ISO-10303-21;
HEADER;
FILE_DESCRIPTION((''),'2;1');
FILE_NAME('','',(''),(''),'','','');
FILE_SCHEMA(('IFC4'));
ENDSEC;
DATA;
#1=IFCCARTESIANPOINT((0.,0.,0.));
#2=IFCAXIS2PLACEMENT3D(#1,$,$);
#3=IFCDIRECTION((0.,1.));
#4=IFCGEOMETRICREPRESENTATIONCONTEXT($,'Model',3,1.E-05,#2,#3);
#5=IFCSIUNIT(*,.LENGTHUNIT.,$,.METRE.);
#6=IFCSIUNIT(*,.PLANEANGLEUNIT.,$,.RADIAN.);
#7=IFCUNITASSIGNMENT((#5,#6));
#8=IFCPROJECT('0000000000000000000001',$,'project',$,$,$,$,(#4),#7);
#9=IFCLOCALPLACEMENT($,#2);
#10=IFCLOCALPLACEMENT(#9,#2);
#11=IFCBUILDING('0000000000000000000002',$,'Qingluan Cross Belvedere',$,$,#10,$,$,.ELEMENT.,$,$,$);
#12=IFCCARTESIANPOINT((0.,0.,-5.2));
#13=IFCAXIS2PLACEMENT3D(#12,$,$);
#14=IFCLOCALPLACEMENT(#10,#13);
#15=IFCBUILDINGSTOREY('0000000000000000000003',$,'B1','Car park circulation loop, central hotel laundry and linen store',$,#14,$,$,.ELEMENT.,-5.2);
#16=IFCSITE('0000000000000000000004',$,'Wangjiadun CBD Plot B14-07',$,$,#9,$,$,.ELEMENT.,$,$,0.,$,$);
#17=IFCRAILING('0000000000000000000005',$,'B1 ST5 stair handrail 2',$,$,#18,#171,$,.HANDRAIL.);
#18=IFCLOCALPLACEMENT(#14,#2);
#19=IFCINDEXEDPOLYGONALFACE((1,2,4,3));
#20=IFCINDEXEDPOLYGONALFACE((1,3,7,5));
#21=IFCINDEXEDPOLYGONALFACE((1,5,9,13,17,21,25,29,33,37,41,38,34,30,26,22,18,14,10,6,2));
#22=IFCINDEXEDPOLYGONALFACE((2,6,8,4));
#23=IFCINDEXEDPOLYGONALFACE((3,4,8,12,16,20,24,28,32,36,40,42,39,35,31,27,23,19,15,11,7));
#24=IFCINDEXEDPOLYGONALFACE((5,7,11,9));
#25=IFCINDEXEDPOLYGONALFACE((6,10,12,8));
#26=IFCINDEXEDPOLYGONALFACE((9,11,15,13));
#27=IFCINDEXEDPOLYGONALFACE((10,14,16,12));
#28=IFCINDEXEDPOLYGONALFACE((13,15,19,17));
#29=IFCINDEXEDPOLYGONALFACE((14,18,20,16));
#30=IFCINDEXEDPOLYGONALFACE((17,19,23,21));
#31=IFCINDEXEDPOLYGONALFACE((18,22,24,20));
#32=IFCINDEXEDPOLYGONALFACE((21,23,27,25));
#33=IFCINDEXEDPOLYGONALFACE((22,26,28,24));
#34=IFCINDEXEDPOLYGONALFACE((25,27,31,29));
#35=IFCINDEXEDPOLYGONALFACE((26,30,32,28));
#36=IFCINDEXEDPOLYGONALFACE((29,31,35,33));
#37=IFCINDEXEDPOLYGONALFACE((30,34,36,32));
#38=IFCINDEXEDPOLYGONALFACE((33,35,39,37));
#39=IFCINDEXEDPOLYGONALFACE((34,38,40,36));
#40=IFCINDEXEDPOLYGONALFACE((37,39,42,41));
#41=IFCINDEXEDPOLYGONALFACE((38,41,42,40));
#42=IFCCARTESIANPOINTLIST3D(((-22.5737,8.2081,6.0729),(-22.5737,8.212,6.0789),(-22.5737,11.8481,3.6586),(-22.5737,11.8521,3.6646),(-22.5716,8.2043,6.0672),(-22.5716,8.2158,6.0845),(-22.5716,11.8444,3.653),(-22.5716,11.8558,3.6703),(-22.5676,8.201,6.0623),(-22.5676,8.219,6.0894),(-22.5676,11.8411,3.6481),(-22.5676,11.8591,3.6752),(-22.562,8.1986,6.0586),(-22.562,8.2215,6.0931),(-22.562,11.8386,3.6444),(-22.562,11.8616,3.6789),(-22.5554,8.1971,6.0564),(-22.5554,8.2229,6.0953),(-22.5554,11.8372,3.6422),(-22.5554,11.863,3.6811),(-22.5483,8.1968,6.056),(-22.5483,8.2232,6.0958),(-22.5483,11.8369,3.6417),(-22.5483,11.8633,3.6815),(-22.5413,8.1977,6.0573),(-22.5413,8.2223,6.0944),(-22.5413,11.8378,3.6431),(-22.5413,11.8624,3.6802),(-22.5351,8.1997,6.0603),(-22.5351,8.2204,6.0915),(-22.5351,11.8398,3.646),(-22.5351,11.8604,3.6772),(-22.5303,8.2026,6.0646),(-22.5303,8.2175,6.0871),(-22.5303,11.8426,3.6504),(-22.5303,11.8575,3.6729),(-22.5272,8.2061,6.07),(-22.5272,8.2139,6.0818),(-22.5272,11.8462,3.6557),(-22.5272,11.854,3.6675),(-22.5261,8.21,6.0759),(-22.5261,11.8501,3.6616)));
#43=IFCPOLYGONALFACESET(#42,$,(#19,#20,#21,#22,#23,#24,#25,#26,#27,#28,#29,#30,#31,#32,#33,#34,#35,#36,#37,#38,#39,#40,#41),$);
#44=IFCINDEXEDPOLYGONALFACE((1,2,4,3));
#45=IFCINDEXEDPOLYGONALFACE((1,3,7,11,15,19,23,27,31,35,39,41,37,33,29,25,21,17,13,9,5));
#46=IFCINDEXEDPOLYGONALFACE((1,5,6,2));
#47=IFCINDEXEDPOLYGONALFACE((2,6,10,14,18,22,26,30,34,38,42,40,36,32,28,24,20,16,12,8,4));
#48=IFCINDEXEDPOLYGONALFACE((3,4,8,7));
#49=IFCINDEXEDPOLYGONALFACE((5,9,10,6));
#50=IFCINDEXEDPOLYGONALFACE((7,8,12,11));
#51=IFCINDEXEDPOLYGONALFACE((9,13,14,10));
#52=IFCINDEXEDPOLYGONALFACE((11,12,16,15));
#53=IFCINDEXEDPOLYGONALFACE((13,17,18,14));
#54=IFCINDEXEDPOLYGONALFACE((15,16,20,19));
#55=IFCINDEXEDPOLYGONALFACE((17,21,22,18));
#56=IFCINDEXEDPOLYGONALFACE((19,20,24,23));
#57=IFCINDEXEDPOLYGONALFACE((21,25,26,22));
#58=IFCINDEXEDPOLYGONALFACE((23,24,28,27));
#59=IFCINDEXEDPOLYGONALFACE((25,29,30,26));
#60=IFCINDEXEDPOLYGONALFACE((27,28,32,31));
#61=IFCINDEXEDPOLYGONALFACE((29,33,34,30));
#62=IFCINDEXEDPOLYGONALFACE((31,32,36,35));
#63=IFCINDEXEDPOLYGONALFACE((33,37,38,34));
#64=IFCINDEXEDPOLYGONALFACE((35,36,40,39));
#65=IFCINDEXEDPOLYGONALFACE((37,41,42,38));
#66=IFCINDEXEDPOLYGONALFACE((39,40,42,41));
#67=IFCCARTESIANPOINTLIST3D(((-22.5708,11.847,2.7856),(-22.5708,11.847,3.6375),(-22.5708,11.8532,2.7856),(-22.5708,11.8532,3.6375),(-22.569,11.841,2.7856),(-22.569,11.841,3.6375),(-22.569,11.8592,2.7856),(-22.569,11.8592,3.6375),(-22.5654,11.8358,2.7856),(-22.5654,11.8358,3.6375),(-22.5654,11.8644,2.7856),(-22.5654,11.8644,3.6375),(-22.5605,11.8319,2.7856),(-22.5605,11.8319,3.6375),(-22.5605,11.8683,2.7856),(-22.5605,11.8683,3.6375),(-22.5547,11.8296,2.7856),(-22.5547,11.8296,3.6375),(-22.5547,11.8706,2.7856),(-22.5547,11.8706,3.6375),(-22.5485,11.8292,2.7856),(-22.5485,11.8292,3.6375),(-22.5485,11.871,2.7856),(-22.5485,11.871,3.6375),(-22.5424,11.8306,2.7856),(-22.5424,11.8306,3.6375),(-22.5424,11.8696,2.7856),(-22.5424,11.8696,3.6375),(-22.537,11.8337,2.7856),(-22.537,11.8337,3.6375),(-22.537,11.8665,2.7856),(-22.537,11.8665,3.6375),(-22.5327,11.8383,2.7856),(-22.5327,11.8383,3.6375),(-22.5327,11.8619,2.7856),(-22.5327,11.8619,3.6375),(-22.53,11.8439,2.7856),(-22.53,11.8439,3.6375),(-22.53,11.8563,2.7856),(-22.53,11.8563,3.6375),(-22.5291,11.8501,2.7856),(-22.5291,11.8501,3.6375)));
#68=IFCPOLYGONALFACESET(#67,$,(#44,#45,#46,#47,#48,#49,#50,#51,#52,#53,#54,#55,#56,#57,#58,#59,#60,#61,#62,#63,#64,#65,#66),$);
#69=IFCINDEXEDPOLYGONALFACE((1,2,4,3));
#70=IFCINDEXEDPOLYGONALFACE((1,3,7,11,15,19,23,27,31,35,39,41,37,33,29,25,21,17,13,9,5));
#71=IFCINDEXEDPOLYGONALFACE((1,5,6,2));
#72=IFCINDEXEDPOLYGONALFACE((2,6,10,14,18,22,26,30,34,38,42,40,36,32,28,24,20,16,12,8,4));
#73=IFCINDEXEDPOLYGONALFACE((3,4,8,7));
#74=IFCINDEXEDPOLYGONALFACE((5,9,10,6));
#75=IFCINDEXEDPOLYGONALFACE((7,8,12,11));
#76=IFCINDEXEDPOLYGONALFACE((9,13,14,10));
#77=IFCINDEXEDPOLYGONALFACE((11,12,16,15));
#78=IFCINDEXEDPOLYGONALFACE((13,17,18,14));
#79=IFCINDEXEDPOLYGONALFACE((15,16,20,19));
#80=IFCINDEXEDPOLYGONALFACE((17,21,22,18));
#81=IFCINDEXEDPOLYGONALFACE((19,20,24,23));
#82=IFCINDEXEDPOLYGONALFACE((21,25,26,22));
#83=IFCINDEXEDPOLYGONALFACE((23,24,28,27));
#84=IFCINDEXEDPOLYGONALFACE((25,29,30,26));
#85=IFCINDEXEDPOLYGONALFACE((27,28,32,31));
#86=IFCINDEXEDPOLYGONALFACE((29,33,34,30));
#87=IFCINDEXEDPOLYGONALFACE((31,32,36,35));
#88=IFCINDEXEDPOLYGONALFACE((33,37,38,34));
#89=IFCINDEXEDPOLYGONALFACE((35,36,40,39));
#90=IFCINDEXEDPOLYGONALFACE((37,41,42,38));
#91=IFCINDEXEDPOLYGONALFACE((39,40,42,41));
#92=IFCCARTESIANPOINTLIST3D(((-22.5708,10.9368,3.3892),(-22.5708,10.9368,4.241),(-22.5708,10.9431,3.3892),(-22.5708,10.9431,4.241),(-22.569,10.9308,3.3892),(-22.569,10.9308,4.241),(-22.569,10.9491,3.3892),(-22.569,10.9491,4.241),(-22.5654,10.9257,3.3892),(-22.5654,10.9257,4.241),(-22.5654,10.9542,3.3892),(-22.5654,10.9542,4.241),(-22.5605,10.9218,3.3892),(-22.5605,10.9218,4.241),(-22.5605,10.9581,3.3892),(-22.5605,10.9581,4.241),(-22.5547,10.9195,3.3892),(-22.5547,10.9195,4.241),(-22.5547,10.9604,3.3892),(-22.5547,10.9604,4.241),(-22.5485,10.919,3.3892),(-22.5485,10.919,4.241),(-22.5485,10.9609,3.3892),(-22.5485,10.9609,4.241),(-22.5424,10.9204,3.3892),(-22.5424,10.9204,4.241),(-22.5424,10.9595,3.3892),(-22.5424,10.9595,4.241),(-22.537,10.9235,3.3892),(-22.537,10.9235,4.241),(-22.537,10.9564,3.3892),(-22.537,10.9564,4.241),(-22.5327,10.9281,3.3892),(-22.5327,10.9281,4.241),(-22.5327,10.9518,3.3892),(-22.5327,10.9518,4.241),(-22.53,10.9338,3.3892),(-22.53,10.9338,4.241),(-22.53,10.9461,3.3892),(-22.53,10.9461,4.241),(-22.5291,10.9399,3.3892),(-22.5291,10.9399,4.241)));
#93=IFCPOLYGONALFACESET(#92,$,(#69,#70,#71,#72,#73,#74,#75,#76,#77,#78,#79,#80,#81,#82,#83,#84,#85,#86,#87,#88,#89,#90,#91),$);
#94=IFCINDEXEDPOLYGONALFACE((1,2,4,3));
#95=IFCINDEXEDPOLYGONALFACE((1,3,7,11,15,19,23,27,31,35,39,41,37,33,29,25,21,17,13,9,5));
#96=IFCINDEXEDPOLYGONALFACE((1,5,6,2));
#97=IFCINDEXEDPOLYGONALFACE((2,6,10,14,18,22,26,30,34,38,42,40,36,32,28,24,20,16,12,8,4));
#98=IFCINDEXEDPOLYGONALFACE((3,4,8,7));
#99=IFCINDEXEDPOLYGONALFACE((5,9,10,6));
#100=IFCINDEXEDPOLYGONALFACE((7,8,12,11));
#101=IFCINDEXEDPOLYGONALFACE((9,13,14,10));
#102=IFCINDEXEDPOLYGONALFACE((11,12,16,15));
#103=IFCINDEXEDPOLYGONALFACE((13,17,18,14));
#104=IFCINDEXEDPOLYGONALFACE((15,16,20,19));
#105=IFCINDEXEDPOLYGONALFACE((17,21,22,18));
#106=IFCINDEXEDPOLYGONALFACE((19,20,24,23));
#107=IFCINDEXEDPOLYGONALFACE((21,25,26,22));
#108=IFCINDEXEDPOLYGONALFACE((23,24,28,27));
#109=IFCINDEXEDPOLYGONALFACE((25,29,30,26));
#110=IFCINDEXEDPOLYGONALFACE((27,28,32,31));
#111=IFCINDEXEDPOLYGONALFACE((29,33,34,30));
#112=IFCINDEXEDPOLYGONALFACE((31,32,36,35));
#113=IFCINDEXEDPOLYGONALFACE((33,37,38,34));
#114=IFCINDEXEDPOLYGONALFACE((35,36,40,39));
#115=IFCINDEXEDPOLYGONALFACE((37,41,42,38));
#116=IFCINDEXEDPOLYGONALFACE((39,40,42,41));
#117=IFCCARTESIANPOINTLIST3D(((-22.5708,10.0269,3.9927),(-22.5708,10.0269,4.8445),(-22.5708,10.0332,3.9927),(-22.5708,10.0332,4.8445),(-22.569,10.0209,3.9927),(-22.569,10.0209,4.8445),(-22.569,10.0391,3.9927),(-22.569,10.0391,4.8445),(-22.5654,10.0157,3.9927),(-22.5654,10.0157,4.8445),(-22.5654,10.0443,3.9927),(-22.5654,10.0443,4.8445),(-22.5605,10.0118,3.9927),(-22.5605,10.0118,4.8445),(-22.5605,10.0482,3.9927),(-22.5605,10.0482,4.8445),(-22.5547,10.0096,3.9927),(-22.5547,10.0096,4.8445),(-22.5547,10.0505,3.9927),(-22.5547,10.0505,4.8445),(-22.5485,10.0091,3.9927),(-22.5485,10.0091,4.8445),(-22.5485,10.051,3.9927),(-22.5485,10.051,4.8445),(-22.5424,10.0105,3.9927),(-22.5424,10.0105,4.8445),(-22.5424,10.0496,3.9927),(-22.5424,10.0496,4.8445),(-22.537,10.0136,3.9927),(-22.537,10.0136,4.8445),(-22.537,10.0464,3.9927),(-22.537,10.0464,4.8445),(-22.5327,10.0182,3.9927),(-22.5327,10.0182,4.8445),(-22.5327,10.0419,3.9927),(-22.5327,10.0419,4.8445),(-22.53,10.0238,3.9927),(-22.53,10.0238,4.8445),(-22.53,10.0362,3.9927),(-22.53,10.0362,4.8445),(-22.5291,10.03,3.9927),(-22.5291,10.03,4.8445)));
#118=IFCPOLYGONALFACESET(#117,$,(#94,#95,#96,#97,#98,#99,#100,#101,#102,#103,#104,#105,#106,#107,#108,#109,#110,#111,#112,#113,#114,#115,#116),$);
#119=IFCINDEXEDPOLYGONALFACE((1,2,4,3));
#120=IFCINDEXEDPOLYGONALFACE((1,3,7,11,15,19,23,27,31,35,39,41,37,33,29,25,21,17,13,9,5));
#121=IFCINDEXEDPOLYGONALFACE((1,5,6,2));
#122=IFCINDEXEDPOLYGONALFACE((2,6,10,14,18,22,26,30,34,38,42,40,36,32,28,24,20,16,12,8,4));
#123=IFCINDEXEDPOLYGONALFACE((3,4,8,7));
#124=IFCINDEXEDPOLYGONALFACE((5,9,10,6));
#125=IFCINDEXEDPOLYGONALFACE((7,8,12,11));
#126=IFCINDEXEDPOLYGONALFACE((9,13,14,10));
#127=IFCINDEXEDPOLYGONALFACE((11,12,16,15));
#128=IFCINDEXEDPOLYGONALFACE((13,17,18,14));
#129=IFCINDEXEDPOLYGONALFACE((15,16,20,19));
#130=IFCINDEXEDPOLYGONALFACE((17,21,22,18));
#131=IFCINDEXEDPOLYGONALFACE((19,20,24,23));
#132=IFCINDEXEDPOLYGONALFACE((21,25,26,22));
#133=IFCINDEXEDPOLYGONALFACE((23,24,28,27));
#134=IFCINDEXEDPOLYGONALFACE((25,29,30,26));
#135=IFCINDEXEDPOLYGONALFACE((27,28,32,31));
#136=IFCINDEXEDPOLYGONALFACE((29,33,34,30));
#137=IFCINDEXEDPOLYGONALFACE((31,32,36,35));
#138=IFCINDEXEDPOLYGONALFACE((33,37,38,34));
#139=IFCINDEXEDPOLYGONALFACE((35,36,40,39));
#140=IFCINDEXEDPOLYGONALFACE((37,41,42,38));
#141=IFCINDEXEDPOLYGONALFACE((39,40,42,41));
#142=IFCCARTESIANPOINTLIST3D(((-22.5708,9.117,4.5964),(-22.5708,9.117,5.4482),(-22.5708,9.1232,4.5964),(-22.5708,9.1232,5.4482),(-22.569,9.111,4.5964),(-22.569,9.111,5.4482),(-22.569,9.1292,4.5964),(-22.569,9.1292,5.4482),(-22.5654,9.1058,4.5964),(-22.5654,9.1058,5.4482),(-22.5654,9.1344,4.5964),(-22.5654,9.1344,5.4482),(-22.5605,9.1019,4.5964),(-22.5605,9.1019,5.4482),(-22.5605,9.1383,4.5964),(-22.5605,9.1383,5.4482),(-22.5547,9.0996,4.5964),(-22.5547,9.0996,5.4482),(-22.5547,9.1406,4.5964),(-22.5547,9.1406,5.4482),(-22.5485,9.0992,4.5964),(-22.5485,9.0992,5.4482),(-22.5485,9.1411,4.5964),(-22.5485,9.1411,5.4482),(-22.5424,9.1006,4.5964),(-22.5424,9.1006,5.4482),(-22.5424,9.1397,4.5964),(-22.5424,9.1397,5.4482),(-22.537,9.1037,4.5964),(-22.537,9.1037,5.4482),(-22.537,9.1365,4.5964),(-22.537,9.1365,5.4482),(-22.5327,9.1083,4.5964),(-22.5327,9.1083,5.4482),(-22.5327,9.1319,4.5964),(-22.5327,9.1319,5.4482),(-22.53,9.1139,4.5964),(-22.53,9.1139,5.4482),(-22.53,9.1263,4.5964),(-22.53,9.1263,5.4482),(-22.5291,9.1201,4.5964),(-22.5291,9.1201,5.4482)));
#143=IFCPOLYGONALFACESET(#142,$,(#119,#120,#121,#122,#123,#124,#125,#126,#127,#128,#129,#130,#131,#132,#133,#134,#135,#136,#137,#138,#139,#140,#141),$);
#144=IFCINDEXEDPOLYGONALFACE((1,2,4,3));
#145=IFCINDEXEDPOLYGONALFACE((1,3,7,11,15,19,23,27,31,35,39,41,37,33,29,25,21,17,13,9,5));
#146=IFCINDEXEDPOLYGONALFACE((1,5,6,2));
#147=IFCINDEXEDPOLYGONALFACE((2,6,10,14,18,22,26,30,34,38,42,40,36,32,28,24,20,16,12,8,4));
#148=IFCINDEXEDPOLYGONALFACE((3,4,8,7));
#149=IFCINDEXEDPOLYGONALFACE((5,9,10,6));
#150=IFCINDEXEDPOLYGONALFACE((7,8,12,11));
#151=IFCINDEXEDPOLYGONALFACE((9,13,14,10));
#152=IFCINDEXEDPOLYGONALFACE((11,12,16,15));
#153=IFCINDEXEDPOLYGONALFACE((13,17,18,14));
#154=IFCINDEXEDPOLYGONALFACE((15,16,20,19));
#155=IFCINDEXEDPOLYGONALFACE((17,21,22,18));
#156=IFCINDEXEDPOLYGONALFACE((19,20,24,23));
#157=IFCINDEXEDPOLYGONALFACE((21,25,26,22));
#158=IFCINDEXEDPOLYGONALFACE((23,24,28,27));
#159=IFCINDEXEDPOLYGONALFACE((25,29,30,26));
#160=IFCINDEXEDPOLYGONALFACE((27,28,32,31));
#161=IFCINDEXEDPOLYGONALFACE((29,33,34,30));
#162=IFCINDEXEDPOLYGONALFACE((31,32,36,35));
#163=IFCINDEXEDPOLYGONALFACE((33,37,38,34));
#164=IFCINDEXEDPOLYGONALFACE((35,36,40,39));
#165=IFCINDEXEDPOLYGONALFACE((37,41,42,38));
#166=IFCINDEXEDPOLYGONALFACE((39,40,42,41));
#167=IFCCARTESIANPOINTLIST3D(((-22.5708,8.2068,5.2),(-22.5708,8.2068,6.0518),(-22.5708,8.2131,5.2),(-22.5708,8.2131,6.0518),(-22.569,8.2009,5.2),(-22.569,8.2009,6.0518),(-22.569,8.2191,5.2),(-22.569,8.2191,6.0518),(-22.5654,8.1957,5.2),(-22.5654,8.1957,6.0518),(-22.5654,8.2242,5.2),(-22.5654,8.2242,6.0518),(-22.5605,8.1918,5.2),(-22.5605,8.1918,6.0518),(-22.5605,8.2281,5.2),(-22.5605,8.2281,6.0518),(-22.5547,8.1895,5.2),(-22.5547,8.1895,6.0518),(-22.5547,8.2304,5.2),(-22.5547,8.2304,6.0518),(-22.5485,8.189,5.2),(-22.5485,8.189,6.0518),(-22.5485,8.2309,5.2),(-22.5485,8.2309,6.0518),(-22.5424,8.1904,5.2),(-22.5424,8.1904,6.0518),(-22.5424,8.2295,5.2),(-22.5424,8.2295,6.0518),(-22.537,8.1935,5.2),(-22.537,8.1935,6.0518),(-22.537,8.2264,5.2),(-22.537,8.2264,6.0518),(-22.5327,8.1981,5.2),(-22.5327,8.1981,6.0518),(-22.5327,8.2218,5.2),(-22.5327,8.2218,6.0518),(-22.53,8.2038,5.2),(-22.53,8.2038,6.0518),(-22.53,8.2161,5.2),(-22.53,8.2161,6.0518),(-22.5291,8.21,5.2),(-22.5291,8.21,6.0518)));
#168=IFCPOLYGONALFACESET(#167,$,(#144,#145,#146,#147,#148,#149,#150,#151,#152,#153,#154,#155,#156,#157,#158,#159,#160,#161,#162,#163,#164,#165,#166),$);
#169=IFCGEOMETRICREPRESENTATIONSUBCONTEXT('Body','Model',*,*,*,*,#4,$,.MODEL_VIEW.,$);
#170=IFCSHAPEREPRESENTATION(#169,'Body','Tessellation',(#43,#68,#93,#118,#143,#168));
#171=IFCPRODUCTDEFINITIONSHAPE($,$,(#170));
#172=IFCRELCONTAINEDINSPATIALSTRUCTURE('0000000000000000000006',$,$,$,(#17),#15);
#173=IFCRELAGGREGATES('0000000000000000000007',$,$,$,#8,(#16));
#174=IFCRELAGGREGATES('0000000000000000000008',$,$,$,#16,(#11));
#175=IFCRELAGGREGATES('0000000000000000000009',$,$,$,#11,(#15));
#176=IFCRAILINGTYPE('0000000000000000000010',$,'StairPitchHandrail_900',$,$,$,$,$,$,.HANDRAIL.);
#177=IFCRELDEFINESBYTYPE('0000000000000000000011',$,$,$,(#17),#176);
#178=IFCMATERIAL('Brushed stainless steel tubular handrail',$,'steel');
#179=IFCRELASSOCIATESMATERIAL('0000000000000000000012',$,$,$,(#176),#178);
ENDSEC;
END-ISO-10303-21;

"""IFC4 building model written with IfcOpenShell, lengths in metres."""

from ifc_helpers import new_model, si_unit, direction, frame, origin, origin_2d, place, context, subcontext, project, spatial, circle, extrude, material, type_object, element, save


model = new_model("IFC4")

# Units and contexts
model_context = context("Model", 3, precision=1e-05, world=origin(), true_north=direction((0.0, 1.0)))
body_context = subcontext(model_context, "Body", "Model", "MODEL_VIEW")
ifc_project = project(units=[si_unit("LENGTHUNIT", "METRE"), si_unit("PLANEANGLEUNIT", "RADIAN")], contexts=[model_context])

# Site, building, storey
site_placement = place(None, origin())
site = spatial("IfcSite", under=ifc_project, at=site_placement, Name="Wangjiadun CBD Plot B14-07", CompositionType="ELEMENT", RefElevation=0.0)
building_placement = place(site_placement, origin())
building = spatial("IfcBuilding", under=site, at=building_placement, Name="Qingluan Cross Belvedere", CompositionType="ELEMENT")
storey_placement = place(building_placement, frame((0.0, 0.0, -5.2)))
storey = spatial("IfcBuildingStorey", under=building, at=storey_placement, Name="B1", Description="Car park circulation loop, central hotel laundry and linen store", CompositionType="ELEMENT", Elevation=-5.2)

# Railing
ifc_material_1 = material(Name="Brushed stainless steel tubular handrail", Category="steel")
railing_type_1 = type_object("IfcRailingType", Name="StairPitchHandrail_900", PredefinedType="HANDRAIL", material=ifc_material_1)
railing_1_placement = place(storey_placement, frame((-22.55, 11.8501, 2.7856)))
element("IfcRailing", 1, at=railing_1_placement, inside=storey, type_object=railing_type_1, Name="B1 ST5 stair handrail 2", PredefinedType="HANDRAIL", context=body_context, shape_type="SweptSolid", body=[
    extrude(circle(Radius=0.0239, at=origin_2d()), frame((0.0, 0.0, 0.876), z_axis=(0.0, -0.833364, 0.552725), x_axis=(1.0, 0.0, 0.0)), (0.0, 0.0, 1.0), 4.3679),
    extrude(circle(Radius=0.021, at=origin_2d()), origin(), (0.0, 0.0, 1.0), 0.8518),
    extrude(circle(Radius=0.021, at=origin_2d()), frame((0.0, -0.9102, 0.6035)), (0.0, 0.0, 1.0), 0.8518),
    extrude(circle(Radius=0.021, at=origin_2d()), frame((0.0, -1.8201, 1.207)), (0.0, 0.0, 1.0), 0.8518),
    extrude(circle(Radius=0.021, at=origin_2d()), frame((0.0, -2.73, 1.8108)), (0.0, 0.0, 1.0), 0.8518),
    extrude(circle(Radius=0.021, at=origin_2d()), frame((0.0, -3.6401, 2.4143)), (0.0, 0.0, 1.0), 0.8518),
])

save(model, "model.ifc")
